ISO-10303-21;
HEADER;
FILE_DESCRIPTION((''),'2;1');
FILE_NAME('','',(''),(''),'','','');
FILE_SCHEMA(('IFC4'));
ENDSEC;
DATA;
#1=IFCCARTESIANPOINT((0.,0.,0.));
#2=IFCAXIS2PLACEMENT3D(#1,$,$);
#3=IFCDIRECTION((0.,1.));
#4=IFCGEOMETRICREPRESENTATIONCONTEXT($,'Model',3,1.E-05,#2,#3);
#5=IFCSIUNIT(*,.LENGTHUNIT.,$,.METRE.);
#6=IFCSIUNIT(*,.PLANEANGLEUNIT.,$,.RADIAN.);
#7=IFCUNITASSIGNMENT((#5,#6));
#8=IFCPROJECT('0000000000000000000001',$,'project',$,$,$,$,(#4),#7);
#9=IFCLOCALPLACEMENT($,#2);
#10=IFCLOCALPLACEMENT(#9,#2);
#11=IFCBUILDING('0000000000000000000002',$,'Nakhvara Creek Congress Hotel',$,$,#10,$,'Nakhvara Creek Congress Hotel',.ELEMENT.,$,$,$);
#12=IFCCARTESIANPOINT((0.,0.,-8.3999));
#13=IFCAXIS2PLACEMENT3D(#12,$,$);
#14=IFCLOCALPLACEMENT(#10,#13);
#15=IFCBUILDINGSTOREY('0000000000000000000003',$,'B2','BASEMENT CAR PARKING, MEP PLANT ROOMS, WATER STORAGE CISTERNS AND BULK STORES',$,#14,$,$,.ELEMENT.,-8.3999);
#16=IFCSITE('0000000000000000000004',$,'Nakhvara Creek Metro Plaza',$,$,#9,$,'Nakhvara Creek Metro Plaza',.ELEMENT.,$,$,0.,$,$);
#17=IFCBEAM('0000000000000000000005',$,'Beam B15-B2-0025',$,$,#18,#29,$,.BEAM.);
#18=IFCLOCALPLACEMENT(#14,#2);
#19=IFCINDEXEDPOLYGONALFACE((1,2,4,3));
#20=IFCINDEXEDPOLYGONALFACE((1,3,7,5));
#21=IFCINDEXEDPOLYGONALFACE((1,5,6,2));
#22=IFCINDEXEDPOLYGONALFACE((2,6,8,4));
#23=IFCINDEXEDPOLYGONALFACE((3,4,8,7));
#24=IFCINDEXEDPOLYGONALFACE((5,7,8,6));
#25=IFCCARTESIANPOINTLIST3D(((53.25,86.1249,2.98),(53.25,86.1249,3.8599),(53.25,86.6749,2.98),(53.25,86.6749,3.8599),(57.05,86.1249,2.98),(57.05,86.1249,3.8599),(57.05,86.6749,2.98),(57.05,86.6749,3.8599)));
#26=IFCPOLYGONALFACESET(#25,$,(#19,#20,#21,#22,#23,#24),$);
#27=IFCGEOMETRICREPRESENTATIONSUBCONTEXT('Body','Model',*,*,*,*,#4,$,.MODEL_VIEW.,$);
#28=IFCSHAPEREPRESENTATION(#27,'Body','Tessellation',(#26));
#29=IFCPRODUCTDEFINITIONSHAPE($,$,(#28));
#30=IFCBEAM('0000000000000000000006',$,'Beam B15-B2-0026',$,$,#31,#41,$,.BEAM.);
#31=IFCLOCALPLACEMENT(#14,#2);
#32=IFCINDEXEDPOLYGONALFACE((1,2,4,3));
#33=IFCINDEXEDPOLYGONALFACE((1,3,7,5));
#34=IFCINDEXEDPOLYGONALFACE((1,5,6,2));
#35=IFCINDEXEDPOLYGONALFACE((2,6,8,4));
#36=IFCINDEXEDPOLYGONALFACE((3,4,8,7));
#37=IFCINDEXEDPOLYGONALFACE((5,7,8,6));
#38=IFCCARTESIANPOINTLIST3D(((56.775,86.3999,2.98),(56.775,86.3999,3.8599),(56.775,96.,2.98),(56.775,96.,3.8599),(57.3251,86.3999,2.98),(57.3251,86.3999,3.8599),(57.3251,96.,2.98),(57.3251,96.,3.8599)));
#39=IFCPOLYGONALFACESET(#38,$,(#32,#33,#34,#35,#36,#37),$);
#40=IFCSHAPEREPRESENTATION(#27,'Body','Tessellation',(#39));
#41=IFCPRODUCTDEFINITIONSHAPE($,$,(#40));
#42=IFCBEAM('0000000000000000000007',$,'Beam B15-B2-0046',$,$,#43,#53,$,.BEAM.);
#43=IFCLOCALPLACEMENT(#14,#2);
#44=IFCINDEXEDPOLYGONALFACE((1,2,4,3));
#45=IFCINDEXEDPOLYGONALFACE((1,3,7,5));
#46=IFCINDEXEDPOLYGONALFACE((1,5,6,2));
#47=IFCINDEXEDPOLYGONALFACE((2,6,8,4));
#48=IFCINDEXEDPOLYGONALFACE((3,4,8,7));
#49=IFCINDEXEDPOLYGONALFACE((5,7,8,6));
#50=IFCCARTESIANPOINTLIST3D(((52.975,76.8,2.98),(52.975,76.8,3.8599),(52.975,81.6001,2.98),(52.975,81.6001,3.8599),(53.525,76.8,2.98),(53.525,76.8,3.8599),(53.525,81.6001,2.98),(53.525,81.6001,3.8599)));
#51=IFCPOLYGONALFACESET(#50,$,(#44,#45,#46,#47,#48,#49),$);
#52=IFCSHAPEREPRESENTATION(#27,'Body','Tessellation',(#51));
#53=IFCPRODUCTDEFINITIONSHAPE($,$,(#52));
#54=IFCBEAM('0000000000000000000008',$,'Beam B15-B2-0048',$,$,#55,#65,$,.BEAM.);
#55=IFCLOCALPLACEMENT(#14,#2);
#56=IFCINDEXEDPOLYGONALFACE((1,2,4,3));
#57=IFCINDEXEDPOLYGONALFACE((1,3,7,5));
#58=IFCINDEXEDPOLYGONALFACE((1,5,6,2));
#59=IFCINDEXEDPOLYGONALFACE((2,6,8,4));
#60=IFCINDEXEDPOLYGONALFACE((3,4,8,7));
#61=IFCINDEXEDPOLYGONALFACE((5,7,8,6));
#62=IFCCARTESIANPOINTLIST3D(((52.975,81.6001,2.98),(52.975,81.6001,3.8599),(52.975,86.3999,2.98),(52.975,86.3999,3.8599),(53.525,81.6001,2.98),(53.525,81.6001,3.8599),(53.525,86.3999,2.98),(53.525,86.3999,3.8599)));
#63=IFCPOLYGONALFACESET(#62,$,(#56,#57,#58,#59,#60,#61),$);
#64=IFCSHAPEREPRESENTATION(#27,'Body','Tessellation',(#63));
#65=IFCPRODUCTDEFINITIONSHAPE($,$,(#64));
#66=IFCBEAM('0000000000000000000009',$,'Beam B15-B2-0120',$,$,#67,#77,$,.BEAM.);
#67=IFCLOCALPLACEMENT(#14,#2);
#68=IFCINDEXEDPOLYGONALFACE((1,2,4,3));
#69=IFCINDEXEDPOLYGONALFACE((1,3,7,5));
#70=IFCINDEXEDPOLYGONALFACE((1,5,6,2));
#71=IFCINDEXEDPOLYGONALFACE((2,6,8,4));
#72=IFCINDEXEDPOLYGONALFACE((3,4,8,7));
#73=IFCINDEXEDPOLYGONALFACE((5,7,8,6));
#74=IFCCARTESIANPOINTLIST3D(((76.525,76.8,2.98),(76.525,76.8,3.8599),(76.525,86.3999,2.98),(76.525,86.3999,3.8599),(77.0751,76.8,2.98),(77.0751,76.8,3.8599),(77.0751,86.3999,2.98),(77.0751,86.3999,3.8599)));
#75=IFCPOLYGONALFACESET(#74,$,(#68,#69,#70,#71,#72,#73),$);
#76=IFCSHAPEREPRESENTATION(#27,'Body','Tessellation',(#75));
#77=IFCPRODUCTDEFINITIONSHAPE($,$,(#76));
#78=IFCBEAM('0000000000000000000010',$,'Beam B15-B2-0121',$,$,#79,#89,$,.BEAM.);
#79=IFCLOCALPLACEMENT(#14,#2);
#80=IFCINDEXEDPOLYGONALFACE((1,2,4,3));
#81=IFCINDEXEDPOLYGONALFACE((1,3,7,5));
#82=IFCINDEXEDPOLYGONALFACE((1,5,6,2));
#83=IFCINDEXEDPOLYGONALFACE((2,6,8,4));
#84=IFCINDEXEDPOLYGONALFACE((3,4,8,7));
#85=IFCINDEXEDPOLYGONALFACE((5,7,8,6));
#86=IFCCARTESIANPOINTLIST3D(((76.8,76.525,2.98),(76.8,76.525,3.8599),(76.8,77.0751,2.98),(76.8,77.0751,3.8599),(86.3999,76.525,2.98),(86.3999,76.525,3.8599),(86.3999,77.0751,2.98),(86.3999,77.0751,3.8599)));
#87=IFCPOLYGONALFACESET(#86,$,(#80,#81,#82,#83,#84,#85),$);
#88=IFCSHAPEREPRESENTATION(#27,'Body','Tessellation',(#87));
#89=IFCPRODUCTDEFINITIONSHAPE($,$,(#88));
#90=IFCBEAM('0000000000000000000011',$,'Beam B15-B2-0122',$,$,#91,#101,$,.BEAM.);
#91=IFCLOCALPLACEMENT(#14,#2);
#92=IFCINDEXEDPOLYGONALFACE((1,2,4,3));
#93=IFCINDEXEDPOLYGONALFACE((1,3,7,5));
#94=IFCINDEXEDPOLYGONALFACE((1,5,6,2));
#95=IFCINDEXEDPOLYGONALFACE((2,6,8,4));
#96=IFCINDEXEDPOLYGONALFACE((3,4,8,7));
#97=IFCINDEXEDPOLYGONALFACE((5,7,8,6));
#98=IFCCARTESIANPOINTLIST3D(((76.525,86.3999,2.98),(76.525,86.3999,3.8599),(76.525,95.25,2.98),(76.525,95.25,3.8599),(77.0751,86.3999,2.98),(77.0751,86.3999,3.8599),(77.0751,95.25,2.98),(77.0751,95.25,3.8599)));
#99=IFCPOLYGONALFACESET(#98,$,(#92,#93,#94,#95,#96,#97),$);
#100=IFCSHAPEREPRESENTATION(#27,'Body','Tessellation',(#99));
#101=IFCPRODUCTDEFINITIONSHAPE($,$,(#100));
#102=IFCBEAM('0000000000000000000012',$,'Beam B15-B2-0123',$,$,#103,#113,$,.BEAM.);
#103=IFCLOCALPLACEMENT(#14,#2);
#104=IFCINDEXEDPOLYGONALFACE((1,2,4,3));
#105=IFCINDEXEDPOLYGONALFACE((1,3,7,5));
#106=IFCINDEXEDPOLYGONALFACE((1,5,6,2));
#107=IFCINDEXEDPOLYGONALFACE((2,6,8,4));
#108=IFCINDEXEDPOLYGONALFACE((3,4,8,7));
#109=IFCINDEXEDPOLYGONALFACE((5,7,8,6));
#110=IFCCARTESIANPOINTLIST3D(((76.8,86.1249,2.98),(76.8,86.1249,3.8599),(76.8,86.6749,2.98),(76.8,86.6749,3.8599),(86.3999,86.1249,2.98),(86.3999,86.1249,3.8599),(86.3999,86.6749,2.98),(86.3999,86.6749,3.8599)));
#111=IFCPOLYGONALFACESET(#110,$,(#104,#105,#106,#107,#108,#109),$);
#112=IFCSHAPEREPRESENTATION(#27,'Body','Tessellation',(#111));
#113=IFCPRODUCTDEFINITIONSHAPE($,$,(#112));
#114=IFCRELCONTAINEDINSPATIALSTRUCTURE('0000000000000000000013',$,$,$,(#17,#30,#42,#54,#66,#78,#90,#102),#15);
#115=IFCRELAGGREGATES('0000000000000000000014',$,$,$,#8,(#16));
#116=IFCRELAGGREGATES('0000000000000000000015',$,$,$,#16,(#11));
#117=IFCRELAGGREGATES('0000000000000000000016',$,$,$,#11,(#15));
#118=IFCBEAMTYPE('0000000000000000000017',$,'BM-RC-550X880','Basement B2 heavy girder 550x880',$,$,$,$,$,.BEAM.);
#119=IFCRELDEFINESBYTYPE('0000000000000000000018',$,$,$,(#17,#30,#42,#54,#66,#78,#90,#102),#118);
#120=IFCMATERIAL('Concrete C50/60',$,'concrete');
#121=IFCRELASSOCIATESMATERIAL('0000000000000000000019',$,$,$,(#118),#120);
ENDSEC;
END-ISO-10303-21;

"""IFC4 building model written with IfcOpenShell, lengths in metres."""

from ifc_helpers import new_model, si_unit, direction, frame, origin, origin_2d, place, context, subcontext, project, spatial, rectangle, extrude, material, material_profile, profile_set, type_object, element, save


model = new_model("IFC4")

# Units and contexts
model_context = context("Model", 3, precision=1e-05, world=origin(), true_north=direction((0.0, 1.0)))
body_context = subcontext(model_context, "Body", "Model", "MODEL_VIEW")
ifc_project = project(units=[si_unit("LENGTHUNIT", "METRE"), si_unit("PLANEANGLEUNIT", "RADIAN")], contexts=[model_context])

# Site, building, storey
site_placement = place(None, origin())
site = spatial("IfcSite", under=ifc_project, at=site_placement, Name="Nakhvara Creek Metro Plaza", LongName="Nakhvara Creek Metro Plaza", CompositionType="ELEMENT", RefElevation=0.0)
building_placement = place(site_placement, origin())
building = spatial("IfcBuilding", under=site, at=building_placement, Name="Nakhvara Creek Congress Hotel", LongName="Nakhvara Creek Congress Hotel", CompositionType="ELEMENT")
storey_placement = place(building_placement, frame((0.0, 0.0, -8.3999)))
storey = spatial("IfcBuildingStorey", under=building, at=storey_placement, Name="B2", Description="BASEMENT CAR PARKING, MEP PLANT ROOMS, WATER STORAGE CISTERNS AND BULK STORES", CompositionType="ELEMENT", Elevation=-8.3999)

# Shared definitions
ifc_material_1 = material(Name="Concrete C50/60", Category="concrete")

# Beams
ifc_material_profile_1 = material_profile(ifc_material_1, rectangle(XDim=0.55, YDim=0.8799, at=origin_2d()), Name="RC-BM 550x880", Category="LoadBearing")
ifc_profile_set_1 = profile_set([ifc_material_profile_1], Name="Concrete C50/60")
beam_type = type_object("IfcBeamType", Name="BM-RC-550X880", Description="Basement B2 heavy girder 550x880", PredefinedType="BEAM", material=ifc_profile_set_1)
for number, where, z_axis, x_axis, name in (
    (1, (53.25, 86.3999, 3.4199), (1.0, 0.0, 0.0), (0.0, 1.0, 0.0), "Beam B15-B2-0025"),
):
    element("IfcBeam", number, at=place(storey_placement, frame(where, z_axis=z_axis, x_axis=x_axis)), inside=storey, type_object=beam_type, Name=name, PredefinedType="BEAM", context=body_context, shape_type="SweptSolid", body=[
        extrude(rectangle(XDim=0.55, YDim=0.8799, at=origin_2d()), origin(), (0.0, 0.0, 1.0), 3.8),
    ])
beam_1_placement = place(storey_placement, frame((57.05, 86.3999, 3.4199), z_axis=(0.0, 1.0, 0.0), x_axis=(-1.0, 0.0, 0.0)))
element("IfcBeam", 2, at=beam_1_placement, inside=storey, type_object=beam_type, Name="Beam B15-B2-0026", PredefinedType="BEAM", context=body_context, shape_type="SweptSolid", body=[
    extrude(rectangle(XDim=0.55, YDim=0.8799, at=origin_2d()), origin(), (0.0, 0.0, 1.0), 9.6001),
])
beam_2_placement = place(storey_placement, frame((53.25, 76.8, 3.4199), z_axis=(0.0, 1.0, 0.0), x_axis=(-1.0, 0.0, 0.0)))
element("IfcBeam", 3, at=beam_2_placement, inside=storey, type_object=beam_type, Name="Beam B15-B2-0046", PredefinedType="BEAM", context=body_context, shape_type="SweptSolid", body=[
    extrude(rectangle(XDim=0.55, YDim=0.8799, at=origin_2d()), origin(), (0.0, 0.0, 1.0), 4.8),
])
beam_3_placement = place(storey_placement, frame((53.25, 81.6001, 3.4199), z_axis=(0.0, 1.0, 0.0), x_axis=(-1.0, 0.0, 0.0)))
element("IfcBeam", 4, at=beam_3_placement, inside=storey, type_object=beam_type, Name="Beam B15-B2-0048", PredefinedType="BEAM", context=body_context, shape_type="SweptSolid", body=[
    extrude(rectangle(XDim=0.55, YDim=0.8799, at=origin_2d()), origin(), (0.0, 0.0, 1.0), 4.7998),
])
for number, where, z_axis, x_axis, name in (
    (5, (76.8, 76.8, 3.4199), (0.0, 1.0, 0.0), (-1.0, 0.0, 0.0), "Beam B15-B2-0120"),
    (6, (76.8, 76.8, 3.4199), (1.0, 0.0, 0.0), (0.0, 1.0, 0.0), "Beam B15-B2-0121"),
):
    element("IfcBeam", number, at=place(storey_placement, frame(where, z_axis=z_axis, x_axis=x_axis)), inside=storey, type_object=beam_type, Name=name, PredefinedType="BEAM", context=body_context, shape_type="SweptSolid", body=[
        extrude(rectangle(XDim=0.55, YDim=0.8799, at=origin_2d()), origin(), (0.0, 0.0, 1.0), 9.5999),
    ])
beam_4_placement = place(storey_placement, frame((76.8, 86.3999, 3.4199), z_axis=(0.0, 1.0, 0.0), x_axis=(-1.0, 0.0, 0.0)))
element("IfcBeam", 7, at=beam_4_placement, inside=storey, type_object=beam_type, Name="Beam B15-B2-0122", PredefinedType="BEAM", context=body_context, shape_type="SweptSolid", body=[
    extrude(rectangle(XDim=0.55, YDim=0.8799, at=origin_2d()), origin(), (0.0, 0.0, 1.0), 8.8501),
])
beam_5_placement = place(storey_placement, frame((76.8, 86.3999, 3.4199), z_axis=(1.0, 0.0, 0.0), x_axis=(0.0, 1.0, 0.0)))
element("IfcBeam", 8, at=beam_5_placement, inside=storey, type_object=beam_type, Name="Beam B15-B2-0123", PredefinedType="BEAM", context=body_context, shape_type="SweptSolid", body=[
    extrude(rectangle(XDim=0.55, YDim=0.8799, at=origin_2d()), origin(), (0.0, 0.0, 1.0), 9.5999),
])

save(model, "model.ifc")
